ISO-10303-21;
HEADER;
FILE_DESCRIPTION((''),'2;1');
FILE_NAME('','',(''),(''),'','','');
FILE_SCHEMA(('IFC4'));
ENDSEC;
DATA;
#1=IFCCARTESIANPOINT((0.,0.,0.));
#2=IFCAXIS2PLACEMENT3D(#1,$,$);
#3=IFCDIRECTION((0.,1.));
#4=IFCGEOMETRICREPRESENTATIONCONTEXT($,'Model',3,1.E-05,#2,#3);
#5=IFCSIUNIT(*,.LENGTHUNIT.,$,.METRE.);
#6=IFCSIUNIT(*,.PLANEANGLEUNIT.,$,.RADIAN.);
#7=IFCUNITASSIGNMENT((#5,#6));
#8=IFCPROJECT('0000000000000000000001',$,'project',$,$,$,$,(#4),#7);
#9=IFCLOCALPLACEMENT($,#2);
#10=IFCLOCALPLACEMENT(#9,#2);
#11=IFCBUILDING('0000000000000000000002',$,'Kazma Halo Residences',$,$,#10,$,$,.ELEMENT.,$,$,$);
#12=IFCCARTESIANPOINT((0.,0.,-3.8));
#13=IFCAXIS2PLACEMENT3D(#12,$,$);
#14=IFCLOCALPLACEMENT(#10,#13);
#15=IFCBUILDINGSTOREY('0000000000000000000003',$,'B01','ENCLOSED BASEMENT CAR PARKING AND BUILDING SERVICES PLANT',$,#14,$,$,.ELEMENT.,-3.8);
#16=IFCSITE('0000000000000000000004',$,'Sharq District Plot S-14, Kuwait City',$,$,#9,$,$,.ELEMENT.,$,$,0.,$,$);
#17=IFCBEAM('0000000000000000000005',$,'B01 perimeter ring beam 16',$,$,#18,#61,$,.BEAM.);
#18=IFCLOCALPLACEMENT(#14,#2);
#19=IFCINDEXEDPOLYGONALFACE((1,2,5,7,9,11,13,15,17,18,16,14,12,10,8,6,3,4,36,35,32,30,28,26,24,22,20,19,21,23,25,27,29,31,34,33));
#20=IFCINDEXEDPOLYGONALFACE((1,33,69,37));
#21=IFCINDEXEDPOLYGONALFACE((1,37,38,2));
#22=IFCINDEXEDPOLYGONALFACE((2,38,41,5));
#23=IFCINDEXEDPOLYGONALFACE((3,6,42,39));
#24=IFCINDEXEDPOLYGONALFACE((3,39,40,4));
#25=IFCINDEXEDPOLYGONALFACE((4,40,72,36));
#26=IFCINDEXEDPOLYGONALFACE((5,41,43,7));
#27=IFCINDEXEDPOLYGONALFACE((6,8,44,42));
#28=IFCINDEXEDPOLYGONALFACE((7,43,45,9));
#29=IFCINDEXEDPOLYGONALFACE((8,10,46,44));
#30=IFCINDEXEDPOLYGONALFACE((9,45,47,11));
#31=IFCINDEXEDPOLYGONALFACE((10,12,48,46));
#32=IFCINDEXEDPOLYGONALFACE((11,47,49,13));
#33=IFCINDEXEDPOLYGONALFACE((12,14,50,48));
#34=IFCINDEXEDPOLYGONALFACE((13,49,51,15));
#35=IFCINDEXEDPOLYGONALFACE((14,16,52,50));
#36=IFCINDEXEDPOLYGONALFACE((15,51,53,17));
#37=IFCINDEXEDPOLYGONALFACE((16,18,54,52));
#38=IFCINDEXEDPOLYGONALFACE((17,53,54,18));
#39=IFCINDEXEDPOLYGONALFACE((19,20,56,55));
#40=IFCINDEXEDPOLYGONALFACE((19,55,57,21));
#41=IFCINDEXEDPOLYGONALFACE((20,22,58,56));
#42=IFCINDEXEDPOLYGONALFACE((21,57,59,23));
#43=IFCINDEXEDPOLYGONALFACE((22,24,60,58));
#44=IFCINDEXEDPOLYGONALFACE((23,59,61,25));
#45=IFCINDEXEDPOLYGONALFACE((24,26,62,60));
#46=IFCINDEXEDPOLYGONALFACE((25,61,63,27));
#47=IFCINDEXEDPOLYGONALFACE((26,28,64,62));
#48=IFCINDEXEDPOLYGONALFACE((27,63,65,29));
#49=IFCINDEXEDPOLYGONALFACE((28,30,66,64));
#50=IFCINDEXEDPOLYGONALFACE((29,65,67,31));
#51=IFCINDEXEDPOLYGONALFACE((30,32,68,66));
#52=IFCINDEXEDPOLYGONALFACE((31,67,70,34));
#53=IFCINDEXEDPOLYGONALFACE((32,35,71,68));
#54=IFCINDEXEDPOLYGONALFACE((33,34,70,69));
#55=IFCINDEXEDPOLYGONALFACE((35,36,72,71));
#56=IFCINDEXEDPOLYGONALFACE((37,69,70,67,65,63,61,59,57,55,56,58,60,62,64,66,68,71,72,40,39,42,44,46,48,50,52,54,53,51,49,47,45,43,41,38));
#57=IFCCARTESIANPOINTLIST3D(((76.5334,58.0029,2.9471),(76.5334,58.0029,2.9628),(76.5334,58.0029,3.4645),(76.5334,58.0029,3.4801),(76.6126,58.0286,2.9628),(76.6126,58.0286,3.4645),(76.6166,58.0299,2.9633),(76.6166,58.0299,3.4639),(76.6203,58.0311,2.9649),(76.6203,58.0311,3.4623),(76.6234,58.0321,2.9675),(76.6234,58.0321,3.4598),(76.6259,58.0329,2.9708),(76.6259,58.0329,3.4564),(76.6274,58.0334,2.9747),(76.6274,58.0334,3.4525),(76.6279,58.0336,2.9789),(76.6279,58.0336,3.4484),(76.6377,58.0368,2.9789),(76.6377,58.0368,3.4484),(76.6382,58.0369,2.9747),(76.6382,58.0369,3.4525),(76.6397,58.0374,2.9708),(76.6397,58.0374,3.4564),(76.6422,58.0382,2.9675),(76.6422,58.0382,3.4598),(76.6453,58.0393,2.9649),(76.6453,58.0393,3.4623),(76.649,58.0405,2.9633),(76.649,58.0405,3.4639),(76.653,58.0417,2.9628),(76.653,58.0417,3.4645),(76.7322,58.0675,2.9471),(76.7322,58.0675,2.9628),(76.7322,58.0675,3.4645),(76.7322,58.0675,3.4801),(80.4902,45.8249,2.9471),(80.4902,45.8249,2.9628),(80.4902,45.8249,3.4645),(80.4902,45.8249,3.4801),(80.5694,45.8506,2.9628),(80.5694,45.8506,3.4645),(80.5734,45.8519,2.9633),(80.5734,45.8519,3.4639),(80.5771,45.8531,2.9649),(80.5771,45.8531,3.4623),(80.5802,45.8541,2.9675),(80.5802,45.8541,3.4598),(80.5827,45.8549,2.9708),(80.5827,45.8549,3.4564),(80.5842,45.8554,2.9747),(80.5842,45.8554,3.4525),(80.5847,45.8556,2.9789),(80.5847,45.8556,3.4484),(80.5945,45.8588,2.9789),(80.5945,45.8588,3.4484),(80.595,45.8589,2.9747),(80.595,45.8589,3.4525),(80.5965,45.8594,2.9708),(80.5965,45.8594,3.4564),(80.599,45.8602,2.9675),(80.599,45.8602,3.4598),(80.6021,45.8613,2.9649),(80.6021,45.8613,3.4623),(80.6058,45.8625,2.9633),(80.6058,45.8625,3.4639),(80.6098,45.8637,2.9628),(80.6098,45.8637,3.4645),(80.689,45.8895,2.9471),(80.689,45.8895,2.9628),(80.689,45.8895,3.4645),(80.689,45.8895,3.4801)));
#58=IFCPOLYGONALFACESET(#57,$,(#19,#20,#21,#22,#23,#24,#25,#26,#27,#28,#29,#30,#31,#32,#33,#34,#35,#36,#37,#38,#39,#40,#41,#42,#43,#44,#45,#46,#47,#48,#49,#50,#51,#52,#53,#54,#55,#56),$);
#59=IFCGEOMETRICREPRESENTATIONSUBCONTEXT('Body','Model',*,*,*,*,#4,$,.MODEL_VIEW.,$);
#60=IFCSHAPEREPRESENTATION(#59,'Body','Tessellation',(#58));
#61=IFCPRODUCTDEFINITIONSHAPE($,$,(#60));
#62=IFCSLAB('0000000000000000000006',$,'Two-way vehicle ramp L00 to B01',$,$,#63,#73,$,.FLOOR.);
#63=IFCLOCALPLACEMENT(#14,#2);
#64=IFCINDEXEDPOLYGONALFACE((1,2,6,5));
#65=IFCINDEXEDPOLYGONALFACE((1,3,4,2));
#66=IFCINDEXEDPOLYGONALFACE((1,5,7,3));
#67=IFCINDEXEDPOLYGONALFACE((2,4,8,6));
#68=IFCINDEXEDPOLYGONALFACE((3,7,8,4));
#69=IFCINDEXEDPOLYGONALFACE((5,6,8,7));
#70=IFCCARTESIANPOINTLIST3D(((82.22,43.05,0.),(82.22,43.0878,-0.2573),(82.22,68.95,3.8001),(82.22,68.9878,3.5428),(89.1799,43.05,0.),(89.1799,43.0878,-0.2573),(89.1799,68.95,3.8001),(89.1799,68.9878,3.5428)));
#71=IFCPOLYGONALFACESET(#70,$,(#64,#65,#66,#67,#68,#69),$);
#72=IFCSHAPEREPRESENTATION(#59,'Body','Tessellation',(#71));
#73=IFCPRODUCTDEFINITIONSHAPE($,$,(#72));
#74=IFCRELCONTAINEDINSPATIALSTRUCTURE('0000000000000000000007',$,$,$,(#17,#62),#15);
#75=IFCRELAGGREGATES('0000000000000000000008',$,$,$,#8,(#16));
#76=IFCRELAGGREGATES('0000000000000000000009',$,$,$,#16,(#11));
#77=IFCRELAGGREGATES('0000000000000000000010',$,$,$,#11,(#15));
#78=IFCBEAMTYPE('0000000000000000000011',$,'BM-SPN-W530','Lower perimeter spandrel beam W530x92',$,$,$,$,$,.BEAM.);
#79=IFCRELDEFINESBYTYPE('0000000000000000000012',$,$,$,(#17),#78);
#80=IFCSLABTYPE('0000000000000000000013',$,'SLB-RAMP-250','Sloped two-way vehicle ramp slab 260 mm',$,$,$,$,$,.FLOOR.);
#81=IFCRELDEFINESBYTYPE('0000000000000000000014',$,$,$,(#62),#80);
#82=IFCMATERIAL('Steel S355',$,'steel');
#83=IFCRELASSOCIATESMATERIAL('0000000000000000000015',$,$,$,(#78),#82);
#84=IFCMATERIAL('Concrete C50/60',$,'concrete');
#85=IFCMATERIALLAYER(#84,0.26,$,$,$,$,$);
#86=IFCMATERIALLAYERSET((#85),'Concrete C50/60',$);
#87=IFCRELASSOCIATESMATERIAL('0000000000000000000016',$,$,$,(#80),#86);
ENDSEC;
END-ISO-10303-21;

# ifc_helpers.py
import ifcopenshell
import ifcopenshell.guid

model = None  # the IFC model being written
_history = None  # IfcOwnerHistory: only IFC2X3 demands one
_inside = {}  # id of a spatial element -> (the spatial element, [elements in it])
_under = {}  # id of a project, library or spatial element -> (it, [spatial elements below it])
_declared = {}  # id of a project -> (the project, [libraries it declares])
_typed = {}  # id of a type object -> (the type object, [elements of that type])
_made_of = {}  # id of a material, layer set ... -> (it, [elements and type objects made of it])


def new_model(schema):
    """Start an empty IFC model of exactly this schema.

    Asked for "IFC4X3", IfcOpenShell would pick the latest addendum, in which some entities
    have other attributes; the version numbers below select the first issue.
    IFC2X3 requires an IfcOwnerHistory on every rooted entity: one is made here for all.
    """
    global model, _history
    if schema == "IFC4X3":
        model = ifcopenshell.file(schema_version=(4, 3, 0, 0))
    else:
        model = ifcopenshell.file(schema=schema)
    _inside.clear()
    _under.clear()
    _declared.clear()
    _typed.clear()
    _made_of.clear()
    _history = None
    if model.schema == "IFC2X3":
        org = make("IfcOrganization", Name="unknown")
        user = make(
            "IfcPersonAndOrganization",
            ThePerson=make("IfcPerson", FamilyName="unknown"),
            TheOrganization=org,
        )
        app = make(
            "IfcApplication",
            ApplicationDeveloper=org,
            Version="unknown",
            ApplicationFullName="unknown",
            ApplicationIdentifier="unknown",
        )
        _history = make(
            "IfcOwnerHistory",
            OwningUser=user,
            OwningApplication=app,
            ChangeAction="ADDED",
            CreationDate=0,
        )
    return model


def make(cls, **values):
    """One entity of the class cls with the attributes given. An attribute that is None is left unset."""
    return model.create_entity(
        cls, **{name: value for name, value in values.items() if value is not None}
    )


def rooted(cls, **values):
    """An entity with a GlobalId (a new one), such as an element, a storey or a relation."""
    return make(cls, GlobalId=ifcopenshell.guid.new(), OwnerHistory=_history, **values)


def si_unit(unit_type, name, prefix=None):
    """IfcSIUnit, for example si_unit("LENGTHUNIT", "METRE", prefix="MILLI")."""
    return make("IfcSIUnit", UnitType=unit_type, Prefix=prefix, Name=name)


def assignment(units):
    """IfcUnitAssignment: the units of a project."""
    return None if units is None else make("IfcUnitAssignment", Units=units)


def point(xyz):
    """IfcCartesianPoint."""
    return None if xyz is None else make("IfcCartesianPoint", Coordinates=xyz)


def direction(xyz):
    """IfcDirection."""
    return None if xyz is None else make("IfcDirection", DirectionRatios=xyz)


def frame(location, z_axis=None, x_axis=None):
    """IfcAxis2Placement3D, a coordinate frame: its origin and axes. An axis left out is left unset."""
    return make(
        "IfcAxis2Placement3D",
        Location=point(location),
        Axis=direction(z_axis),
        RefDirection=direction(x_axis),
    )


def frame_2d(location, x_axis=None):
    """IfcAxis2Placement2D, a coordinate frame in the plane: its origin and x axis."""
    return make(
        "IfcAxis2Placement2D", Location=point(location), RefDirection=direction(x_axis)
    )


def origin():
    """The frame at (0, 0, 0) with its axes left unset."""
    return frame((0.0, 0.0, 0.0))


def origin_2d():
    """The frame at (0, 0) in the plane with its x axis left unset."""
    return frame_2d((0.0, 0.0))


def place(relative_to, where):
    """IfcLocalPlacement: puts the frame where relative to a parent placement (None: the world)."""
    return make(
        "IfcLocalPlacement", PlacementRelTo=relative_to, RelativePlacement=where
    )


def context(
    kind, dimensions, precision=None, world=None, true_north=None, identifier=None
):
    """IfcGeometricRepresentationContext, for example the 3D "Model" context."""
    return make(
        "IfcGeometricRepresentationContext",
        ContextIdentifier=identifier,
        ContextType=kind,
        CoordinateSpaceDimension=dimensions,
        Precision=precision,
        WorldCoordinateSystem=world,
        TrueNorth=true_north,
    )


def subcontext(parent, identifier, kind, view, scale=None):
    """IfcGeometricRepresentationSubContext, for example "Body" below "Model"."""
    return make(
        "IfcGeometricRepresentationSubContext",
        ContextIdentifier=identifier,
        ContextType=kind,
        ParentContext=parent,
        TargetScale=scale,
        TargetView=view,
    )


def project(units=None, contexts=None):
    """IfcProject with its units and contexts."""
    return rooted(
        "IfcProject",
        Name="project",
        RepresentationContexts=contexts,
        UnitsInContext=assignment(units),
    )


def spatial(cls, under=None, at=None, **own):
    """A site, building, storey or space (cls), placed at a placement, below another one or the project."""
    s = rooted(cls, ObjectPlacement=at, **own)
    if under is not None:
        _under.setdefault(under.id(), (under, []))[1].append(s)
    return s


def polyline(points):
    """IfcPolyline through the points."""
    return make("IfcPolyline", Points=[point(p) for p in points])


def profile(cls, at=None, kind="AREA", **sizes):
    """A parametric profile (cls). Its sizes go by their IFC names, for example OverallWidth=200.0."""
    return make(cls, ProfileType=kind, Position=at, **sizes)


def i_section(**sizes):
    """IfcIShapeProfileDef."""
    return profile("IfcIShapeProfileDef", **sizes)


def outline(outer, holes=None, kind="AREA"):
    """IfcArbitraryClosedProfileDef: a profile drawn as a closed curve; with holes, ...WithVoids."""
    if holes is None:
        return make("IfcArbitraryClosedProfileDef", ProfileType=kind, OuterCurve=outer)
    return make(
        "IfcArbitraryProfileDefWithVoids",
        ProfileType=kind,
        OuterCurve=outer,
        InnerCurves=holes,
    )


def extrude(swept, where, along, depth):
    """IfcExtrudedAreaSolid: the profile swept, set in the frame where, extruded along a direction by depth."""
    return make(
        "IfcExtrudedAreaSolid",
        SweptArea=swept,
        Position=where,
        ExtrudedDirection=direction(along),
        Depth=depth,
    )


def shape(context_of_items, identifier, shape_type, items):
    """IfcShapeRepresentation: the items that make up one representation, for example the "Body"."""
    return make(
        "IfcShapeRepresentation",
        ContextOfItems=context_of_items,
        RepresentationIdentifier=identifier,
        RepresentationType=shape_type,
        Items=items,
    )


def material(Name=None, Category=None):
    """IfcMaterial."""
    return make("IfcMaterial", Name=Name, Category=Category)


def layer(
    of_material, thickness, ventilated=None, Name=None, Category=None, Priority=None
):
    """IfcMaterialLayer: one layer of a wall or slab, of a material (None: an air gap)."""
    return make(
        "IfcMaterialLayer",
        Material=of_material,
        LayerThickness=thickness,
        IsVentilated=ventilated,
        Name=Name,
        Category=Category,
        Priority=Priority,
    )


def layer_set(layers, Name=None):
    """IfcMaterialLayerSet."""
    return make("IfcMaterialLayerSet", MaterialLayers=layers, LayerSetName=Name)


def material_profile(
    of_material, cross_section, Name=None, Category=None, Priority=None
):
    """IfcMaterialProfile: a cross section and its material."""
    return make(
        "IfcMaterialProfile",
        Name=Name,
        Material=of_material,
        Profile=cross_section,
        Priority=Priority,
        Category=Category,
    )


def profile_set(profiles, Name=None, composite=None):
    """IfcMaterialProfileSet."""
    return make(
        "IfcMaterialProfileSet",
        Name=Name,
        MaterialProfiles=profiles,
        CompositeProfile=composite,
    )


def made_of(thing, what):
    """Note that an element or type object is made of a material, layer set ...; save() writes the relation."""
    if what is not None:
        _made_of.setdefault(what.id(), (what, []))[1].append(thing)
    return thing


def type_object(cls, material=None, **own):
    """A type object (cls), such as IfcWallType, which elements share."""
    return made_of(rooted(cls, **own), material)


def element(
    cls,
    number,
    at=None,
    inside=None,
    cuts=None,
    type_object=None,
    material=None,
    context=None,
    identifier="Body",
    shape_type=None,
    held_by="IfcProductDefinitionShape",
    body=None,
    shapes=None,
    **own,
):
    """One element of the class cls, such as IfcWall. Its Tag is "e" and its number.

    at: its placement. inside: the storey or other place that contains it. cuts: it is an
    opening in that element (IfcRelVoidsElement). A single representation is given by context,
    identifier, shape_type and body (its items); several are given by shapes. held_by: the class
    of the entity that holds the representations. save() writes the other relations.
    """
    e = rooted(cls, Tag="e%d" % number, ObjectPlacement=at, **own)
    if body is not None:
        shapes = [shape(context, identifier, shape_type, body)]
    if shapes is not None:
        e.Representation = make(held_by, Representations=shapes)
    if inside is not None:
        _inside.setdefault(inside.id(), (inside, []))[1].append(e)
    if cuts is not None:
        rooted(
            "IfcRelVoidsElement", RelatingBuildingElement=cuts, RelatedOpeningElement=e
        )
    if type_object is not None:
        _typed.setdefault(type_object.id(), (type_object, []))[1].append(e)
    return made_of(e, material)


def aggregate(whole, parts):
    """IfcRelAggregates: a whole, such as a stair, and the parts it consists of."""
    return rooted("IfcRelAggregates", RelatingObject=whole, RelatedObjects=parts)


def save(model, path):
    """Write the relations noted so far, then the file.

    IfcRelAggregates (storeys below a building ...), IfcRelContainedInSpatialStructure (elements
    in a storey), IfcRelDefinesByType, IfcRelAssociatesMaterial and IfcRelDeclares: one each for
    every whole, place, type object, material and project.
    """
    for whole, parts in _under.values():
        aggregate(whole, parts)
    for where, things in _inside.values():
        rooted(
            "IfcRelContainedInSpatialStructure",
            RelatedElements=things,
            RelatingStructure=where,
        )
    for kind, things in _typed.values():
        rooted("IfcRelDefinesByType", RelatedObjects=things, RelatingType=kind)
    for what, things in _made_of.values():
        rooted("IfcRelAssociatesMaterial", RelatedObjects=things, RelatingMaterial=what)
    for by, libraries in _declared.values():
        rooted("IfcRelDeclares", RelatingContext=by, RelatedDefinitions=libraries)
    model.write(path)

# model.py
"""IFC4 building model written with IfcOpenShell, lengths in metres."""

from ifc_helpers import new_model, si_unit, direction, frame, origin, origin_2d, place, context, subcontext, project, spatial, polyline, i_section, outline, extrude, material, layer, layer_set, material_profile, profile_set, type_object, element, save


model = new_model("IFC4")

# Units and contexts
model_context = context("Model", 3, precision=1e-05, world=origin(), true_north=direction((0.0, 1.0)))
body_context = subcontext(model_context, "Body", "Model", "MODEL_VIEW")
ifc_project = project(units=[si_unit("LENGTHUNIT", "METRE"), si_unit("PLANEANGLEUNIT", "RADIAN")], contexts=[model_context])

# Site, building, storey
site_placement = place(None, origin())
site = spatial("IfcSite", under=ifc_project, at=site_placement, Name="Sharq District Plot S-14, Kuwait City", CompositionType="ELEMENT", RefElevation=0.0)
building_placement = place(site_placement, origin())
building = spatial("IfcBuilding", under=site, at=building_placement, Name="Kazma Halo Residences", CompositionType="ELEMENT")
storey_placement = place(building_placement, frame((0.0, 0.0, -3.8)))
storey = spatial("IfcBuildingStorey", under=building, at=storey_placement, Name="B01", Description="ENCLOSED BASEMENT CAR PARKING AND BUILDING SERVICES PLANT", CompositionType="ELEMENT", Elevation=-3.8)

# Beam
ifc_material_1 = material(Name="Steel S355", Category="steel")
ifc_material_profile_1 = material_profile(ifc_material_1, i_section(OverallWidth=0.209, OverallDepth=0.533, WebThickness=0.0103, FlangeThickness=0.0156, FilletRadius=0.0161, at=origin_2d()), Name="W530x92")
ifc_profile_set_1 = profile_set([ifc_material_profile_1], Name="Steel S355")
beam_type_1 = type_object("IfcBeamType", Name="BM-SPN-W530", Description="Lower perimeter spandrel beam W530x92", PredefinedType="BEAM", material=ifc_profile_set_1)
beam_1_placement = place(storey_placement, frame((80.5896, 45.8572, 3.2136), z_axis=(-0.309011, 0.951058, 0.0), x_axis=(-0.951058, -0.309011, 0.0)))
element("IfcBeam", 1, at=beam_1_placement, inside=storey, type_object=beam_type_1, Name="B01 perimeter ring beam 16", PredefinedType="BEAM", context=body_context, shape_type="SweptSolid", body=[
    extrude(i_section(OverallWidth=0.209, OverallDepth=0.533, WebThickness=0.0103, FlangeThickness=0.0156, FilletRadius=0.0161, at=origin_2d()), origin(), (0.0, 0.0, 1.0), 12.8047),
])

# Slab
ifc_material_2 = material(Name="Concrete C50/60", Category="concrete")
ifc_layer = layer(ifc_material_2, 0.26)
ifc_layer_set = layer_set([ifc_layer], Name="Concrete C50/60")
slab_type = type_object("IfcSlabType", Name="SLB-RAMP-250", Description="Sloped two-way vehicle ramp slab 260 mm", PredefinedType="FLOOR", material=ifc_layer_set)
slab_placement = place(storey_placement, frame((82.22, 43.05, 0.0), z_axis=(0.0, -0.145166, 0.989407), x_axis=(1.0, 0.0, 0.0)))
element("IfcSlab", 2, at=slab_placement, inside=storey, type_object=slab_type, Name="Two-way vehicle ramp L00 to B01", PredefinedType="FLOOR", context=body_context, shape_type="SweptSolid", body=[
    extrude(outline(polyline([(0.0, 0.0), (6.96, 0.0), (6.96, 26.1772), (0.0, 26.1772), (0.0, 0.0)])), origin(), (0.0, 0.0, -1.0), 0.26),
])

save(model, "model.ifc")
